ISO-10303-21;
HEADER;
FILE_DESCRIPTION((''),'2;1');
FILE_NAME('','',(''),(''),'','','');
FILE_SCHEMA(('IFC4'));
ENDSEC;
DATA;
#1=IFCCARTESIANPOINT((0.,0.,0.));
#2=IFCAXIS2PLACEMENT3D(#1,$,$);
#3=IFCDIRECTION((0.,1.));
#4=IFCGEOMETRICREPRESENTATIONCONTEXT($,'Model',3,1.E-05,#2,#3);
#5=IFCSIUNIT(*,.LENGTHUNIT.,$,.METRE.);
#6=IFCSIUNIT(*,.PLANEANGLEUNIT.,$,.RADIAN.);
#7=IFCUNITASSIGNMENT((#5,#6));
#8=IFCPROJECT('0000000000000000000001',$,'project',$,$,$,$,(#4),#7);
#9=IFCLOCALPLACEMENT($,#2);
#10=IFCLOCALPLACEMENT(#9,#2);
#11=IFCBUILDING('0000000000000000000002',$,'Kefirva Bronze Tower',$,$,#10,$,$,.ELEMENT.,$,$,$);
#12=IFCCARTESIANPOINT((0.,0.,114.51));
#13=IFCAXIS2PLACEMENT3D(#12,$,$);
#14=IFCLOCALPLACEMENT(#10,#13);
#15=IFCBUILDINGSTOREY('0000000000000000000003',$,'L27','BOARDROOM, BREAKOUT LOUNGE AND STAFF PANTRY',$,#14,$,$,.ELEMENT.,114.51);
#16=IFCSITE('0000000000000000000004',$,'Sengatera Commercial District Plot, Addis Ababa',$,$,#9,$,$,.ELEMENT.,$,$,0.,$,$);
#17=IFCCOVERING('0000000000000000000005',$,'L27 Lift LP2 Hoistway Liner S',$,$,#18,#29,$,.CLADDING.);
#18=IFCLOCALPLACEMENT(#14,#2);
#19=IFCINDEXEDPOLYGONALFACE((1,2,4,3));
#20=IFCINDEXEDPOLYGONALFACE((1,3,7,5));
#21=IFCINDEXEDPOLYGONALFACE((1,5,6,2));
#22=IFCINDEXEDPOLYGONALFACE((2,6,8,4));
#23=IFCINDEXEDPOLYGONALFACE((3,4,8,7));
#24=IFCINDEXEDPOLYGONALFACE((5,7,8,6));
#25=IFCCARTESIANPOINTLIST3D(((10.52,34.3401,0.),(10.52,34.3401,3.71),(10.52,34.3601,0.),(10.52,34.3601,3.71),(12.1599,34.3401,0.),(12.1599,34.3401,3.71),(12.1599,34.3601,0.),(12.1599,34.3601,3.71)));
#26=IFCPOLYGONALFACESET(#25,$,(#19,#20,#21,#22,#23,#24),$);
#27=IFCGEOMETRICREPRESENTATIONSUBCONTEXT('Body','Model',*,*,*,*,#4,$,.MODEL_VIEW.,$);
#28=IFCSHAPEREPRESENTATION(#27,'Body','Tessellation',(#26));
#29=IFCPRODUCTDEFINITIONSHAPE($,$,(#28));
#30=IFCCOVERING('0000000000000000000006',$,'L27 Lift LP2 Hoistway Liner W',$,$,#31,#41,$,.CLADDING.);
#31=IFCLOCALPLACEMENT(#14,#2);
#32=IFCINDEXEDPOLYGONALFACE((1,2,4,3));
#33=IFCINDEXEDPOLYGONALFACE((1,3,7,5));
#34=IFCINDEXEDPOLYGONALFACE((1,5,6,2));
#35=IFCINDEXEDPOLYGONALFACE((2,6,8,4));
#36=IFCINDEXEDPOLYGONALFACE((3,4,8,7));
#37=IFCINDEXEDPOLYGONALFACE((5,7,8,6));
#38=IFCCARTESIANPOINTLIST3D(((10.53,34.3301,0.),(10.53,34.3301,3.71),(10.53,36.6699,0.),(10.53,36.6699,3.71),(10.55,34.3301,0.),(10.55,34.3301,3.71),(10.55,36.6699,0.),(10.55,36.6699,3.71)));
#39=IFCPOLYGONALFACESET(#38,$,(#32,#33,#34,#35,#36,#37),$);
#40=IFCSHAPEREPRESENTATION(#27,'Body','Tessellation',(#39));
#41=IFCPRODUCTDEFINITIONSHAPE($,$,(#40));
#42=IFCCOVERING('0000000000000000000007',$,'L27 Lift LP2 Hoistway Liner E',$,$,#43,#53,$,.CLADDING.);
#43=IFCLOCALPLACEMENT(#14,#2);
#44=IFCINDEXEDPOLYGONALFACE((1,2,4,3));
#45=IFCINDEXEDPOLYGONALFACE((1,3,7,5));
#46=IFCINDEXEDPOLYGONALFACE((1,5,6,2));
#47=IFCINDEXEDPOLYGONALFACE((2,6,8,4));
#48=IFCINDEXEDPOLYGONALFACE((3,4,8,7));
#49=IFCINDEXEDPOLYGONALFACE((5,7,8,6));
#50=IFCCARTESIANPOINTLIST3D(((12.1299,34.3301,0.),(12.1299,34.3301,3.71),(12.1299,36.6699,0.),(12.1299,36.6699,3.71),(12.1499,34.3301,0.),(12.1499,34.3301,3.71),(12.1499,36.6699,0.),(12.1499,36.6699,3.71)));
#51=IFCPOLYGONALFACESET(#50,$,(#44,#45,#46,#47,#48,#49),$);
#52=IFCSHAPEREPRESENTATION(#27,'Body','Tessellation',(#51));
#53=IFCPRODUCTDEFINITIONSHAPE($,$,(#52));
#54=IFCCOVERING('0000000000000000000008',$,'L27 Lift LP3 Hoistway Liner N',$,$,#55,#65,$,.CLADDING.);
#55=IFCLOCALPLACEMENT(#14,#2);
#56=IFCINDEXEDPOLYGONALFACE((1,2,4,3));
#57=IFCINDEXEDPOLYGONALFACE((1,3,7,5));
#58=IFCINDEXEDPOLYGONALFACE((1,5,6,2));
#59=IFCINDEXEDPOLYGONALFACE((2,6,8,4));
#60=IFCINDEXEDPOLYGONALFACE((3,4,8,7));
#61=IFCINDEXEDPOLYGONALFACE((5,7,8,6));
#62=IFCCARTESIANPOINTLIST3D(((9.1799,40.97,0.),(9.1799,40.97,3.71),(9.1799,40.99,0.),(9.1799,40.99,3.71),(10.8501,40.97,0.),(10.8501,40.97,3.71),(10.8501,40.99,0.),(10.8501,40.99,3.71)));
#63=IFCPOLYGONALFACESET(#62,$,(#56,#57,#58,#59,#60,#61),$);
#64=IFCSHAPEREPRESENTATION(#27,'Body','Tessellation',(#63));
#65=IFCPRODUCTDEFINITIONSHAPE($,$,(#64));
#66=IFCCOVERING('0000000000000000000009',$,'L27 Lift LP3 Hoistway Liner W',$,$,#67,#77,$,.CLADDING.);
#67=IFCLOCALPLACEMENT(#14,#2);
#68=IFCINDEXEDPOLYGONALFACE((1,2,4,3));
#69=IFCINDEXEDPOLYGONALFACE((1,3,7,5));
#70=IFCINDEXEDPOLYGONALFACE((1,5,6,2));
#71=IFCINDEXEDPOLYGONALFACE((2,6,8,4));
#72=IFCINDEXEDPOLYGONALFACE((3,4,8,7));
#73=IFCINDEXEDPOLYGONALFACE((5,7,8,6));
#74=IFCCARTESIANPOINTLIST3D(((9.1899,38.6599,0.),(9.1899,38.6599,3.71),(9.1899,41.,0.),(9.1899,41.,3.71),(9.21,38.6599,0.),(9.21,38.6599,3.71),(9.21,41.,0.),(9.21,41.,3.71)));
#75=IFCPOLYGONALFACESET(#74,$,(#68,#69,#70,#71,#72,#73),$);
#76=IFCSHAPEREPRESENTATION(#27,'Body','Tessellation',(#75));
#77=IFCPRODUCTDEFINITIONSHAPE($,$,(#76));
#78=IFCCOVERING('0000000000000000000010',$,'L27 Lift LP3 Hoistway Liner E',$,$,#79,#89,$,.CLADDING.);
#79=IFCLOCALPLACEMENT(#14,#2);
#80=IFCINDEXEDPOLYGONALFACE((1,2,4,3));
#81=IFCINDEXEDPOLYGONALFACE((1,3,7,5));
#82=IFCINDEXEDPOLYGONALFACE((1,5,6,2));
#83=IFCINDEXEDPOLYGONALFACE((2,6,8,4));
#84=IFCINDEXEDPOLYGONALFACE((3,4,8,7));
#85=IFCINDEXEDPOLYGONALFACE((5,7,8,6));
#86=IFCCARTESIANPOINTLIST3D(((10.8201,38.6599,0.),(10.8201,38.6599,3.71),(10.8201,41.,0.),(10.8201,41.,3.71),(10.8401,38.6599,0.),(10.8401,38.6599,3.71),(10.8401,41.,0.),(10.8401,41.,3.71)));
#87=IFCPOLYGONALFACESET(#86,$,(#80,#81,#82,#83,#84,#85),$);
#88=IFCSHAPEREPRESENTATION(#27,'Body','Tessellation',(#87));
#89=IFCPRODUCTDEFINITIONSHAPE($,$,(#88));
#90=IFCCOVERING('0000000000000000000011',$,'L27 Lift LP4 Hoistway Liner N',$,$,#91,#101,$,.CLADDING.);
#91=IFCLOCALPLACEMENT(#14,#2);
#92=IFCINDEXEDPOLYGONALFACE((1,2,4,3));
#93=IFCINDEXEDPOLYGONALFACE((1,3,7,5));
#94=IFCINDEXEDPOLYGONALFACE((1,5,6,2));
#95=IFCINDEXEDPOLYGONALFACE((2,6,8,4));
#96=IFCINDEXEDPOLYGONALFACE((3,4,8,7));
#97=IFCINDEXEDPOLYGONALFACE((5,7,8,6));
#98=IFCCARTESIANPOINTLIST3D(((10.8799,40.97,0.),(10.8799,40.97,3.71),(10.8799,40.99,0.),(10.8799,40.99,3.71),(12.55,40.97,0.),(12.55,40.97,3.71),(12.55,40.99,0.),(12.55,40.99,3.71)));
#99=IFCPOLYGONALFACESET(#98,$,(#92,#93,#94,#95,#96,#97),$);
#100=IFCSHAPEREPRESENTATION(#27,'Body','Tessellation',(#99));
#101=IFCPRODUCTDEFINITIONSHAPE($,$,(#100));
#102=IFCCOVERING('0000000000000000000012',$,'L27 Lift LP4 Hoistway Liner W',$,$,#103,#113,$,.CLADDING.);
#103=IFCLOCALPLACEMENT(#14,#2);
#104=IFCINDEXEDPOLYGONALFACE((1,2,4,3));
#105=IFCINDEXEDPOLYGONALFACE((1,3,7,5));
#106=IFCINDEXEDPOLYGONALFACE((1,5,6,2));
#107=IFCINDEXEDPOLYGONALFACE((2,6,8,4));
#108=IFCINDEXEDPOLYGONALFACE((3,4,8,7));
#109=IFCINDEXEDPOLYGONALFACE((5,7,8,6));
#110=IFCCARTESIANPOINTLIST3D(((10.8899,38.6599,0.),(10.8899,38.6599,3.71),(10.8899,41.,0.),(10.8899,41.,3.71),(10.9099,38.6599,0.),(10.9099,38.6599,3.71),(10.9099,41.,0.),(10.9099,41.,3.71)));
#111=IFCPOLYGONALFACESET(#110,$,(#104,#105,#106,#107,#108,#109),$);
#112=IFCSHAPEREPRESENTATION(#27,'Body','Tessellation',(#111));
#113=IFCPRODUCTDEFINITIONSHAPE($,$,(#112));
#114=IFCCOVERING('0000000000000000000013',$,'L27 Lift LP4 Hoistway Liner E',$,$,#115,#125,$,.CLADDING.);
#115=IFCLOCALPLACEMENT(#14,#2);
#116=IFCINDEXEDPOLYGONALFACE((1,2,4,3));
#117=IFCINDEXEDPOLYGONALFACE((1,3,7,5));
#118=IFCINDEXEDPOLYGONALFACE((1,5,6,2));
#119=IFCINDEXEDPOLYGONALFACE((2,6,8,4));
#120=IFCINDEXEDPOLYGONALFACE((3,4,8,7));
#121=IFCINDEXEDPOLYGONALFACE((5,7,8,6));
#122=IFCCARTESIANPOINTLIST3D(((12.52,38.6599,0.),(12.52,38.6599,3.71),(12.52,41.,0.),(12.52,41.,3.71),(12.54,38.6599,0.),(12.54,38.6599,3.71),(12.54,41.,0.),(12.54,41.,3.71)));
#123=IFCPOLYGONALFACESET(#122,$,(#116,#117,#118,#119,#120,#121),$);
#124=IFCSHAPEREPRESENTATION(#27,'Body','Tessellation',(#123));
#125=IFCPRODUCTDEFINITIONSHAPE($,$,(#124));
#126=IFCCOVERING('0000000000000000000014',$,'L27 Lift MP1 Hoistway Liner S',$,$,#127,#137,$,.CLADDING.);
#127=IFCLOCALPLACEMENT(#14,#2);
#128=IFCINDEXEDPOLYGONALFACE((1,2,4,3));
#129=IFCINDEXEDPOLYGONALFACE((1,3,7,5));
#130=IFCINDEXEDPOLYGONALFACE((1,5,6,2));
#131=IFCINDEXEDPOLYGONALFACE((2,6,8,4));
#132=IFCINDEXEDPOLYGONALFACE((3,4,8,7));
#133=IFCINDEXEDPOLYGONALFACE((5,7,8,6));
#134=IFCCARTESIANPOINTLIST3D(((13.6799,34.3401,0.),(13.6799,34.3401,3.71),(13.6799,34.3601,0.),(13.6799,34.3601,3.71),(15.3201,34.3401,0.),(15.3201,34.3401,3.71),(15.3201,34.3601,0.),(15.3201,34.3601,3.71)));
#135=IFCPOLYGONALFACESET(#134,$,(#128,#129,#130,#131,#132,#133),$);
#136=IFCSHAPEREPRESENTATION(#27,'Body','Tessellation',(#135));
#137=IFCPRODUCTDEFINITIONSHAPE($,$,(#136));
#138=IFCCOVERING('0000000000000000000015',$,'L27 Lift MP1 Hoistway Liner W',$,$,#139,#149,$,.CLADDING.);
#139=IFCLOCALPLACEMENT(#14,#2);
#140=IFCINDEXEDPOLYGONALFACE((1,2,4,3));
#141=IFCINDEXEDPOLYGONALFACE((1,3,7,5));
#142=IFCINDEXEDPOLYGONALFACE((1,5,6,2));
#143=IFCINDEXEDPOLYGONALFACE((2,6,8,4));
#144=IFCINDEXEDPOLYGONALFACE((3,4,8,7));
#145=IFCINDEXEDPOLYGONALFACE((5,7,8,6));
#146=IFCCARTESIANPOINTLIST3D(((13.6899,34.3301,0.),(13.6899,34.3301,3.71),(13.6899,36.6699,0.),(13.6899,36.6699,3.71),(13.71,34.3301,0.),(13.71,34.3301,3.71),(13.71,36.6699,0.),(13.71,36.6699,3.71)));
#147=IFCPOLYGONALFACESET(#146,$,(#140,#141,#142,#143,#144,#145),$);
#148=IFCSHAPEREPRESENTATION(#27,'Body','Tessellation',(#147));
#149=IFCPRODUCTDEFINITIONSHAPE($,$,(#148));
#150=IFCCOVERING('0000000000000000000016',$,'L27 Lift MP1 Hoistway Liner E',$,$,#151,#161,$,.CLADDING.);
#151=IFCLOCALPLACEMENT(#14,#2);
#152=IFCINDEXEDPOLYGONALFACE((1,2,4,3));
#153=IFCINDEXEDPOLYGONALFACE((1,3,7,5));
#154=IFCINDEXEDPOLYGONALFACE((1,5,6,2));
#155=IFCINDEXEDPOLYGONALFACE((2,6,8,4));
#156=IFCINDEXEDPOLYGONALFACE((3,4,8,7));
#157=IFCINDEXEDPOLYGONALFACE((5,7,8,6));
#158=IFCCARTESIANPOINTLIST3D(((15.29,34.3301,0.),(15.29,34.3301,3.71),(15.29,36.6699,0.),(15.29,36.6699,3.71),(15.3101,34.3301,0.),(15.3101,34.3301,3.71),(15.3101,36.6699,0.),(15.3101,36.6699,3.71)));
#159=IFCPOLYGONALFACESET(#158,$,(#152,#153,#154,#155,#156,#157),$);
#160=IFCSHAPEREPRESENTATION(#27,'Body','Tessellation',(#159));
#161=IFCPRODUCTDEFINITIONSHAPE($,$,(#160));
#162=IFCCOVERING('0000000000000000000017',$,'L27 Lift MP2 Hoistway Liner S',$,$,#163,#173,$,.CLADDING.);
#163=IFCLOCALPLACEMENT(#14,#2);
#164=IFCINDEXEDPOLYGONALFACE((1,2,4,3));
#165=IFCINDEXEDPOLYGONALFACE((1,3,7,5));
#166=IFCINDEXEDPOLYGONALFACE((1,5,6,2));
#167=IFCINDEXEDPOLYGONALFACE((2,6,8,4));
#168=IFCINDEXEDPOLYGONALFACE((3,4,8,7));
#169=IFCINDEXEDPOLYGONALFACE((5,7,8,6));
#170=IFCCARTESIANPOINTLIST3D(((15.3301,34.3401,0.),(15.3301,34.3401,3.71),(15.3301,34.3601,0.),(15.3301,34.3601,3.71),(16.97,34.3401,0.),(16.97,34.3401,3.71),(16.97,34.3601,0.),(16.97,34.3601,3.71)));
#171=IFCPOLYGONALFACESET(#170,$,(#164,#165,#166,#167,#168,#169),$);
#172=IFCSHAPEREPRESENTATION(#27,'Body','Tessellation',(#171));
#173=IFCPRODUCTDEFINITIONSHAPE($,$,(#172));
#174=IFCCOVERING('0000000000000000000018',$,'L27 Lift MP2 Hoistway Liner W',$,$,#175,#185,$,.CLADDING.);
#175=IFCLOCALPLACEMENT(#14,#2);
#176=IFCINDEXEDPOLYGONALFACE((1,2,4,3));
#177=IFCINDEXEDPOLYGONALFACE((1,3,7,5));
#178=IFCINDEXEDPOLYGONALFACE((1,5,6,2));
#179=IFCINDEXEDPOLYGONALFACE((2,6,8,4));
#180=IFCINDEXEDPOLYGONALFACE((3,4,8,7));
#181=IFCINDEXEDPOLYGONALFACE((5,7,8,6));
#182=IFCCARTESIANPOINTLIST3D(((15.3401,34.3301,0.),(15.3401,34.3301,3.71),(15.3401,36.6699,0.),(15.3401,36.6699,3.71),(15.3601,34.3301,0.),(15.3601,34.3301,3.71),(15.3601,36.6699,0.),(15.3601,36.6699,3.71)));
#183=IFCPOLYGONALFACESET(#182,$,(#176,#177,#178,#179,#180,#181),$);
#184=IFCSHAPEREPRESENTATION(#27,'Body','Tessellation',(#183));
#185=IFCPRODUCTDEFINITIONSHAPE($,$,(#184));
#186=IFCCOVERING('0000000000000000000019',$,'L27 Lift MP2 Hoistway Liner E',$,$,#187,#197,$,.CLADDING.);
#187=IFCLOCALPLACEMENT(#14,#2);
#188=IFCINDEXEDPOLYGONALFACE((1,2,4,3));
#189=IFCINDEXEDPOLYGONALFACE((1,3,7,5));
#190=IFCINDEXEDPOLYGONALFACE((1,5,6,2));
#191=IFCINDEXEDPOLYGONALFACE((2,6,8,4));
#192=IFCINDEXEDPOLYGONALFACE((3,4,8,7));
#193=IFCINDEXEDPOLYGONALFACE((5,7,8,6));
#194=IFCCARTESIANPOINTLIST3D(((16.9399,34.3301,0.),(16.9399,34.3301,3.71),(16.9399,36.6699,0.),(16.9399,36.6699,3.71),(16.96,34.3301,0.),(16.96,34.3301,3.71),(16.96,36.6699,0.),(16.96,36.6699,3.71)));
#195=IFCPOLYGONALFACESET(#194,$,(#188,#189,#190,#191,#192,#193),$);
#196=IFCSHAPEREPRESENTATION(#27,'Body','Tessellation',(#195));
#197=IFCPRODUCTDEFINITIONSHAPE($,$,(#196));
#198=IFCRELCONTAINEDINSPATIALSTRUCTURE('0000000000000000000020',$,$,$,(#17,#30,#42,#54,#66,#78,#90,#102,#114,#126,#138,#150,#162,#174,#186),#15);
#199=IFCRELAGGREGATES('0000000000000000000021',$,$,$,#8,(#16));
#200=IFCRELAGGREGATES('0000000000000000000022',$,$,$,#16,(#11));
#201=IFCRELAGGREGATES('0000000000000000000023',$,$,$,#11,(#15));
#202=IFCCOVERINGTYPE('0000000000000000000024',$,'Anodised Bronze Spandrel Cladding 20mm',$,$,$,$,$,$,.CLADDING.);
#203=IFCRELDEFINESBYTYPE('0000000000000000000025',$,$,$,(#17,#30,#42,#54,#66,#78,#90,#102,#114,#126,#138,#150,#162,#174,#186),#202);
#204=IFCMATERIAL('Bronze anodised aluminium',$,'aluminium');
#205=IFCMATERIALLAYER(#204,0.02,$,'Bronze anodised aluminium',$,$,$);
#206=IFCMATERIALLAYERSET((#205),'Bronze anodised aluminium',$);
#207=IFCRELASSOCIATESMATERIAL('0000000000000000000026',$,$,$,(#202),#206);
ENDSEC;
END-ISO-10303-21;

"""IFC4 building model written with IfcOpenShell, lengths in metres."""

from ifc_helpers import new_model, si_unit, direction, frame, origin, place, context, subcontext, project, spatial, polyline, outline, extrude, material, layer, layer_set, type_object, element, save


model = new_model("IFC4")

# Units and contexts
model_context = context("Model", 3, precision=1e-05, world=origin(), true_north=direction((0.0, 1.0)))
body_context = subcontext(model_context, "Body", "Model", "MODEL_VIEW")
ifc_project = project(units=[si_unit("LENGTHUNIT", "METRE"), si_unit("PLANEANGLEUNIT", "RADIAN")], contexts=[model_context])

# Site, building, storey
site_placement = place(None, origin())
site = spatial("IfcSite", under=ifc_project, at=site_placement, Name="Sengatera Commercial District Plot, Addis Ababa", CompositionType="ELEMENT", RefElevation=0.0)
building_placement = place(site_placement, origin())
building = spatial("IfcBuilding", under=site, at=building_placement, Name="Kefirva Bronze Tower", CompositionType="ELEMENT")
storey_placement = place(building_placement, frame((0.0, 0.0, 114.51)))
storey = spatial("IfcBuildingStorey", under=building, at=storey_placement, Name="L27", Description="BOARDROOM, BREAKOUT LOUNGE AND STAFF PANTRY", CompositionType="ELEMENT", Elevation=114.51)

# Coverings
ifc_material = material(Name="Bronze anodised aluminium", Category="aluminium")
ifc_layer_1 = layer(ifc_material, 0.02, Name="Bronze anodised aluminium")
ifc_layer_set_1 = layer_set([ifc_layer_1], Name="Bronze anodised aluminium")
covering_type_1 = type_object("IfcCoveringType", Name="Anodised Bronze Spandrel Cladding 20mm", PredefinedType="CLADDING", material=ifc_layer_set_1)
covering_1_placement = place(storey_placement, origin())
element("IfcCovering", 1, at=covering_1_placement, inside=storey, type_object=covering_type_1, Name="L27 Lift LP2 Hoistway Liner S", PredefinedType="CLADDING", context=body_context, shape_type="SweptSolid", body=[
    extrude(outline(polyline([(10.52, 34.3401), (12.1599, 34.3401), (12.1599, 34.3601), (10.52, 34.3601), (10.52, 34.3401)])), origin(), (0.0, 0.0, 1.0), 3.71),
])
covering_2_placement = place(storey_placement, origin())
element("IfcCovering", 2, at=covering_2_placement, inside=storey, type_object=covering_type_1, Name="L27 Lift LP2 Hoistway Liner W", PredefinedType="CLADDING", context=body_context, shape_type="SweptSolid", body=[
    extrude(outline(polyline([(10.53, 34.3301), (10.55, 34.3301), (10.55, 36.6699), (10.53, 36.6699), (10.53, 34.3301)])), origin(), (0.0, 0.0, 1.0), 3.71),
])
covering_3_placement = place(storey_placement, origin())
element("IfcCovering", 3, at=covering_3_placement, inside=storey, type_object=covering_type_1, Name="L27 Lift LP2 Hoistway Liner E", PredefinedType="CLADDING", context=body_context, shape_type="SweptSolid", body=[
    extrude(outline(polyline([(12.1299, 34.3301), (12.1499, 34.3301), (12.1499, 36.6699), (12.1299, 36.6699), (12.1299, 34.3301)])), origin(), (0.0, 0.0, 1.0), 3.71),
])
covering_4_placement = place(storey_placement, origin())
element("IfcCovering", 4, at=covering_4_placement, inside=storey, type_object=covering_type_1, Name="L27 Lift LP3 Hoistway Liner N", PredefinedType="CLADDING", context=body_context, shape_type="SweptSolid", body=[
    extrude(outline(polyline([(9.1799, 40.97), (10.8501, 40.97), (10.8501, 40.99), (9.1799, 40.99), (9.1799, 40.97)])), origin(), (0.0, 0.0, 1.0), 3.71),
])
covering_5_placement = place(storey_placement, origin())
element("IfcCovering", 5, at=covering_5_placement, inside=storey, type_object=covering_type_1, Name="L27 Lift LP3 Hoistway Liner W", PredefinedType="CLADDING", context=body_context, shape_type="SweptSolid", body=[
    extrude(outline(polyline([(9.1899, 38.6599), (9.21, 38.6599), (9.21, 41.0), (9.1899, 41.0), (9.1899, 38.6599)])), origin(), (0.0, 0.0, 1.0), 3.71),
])
covering_6_placement = place(storey_placement, origin())
element("IfcCovering", 6, at=covering_6_placement, inside=storey, type_object=covering_type_1, Name="L27 Lift LP3 Hoistway Liner E", PredefinedType="CLADDING", context=body_context, shape_type="SweptSolid", body=[
    extrude(outline(polyline([(10.8201, 38.6599), (10.8401, 38.6599), (10.8401, 41.0), (10.8201, 41.0), (10.8201, 38.6599)])), origin(), (0.0, 0.0, 1.0), 3.71),
])
covering_7_placement = place(storey_placement, origin())
element("IfcCovering", 7, at=covering_7_placement, inside=storey, type_object=covering_type_1, Name="L27 Lift LP4 Hoistway Liner N", PredefinedType="CLADDING", context=body_context, shape_type="SweptSolid", body=[
    extrude(outline(polyline([(10.8799, 40.97), (12.55, 40.97), (12.55, 40.99), (10.8799, 40.99), (10.8799, 40.97)])), origin(), (0.0, 0.0, 1.0), 3.71),
])
covering_8_placement = place(storey_placement, origin())
element("IfcCovering", 8, at=covering_8_placement, inside=storey, type_object=covering_type_1, Name="L27 Lift LP4 Hoistway Liner W", PredefinedType="CLADDING", context=body_context, shape_type="SweptSolid", body=[
    extrude(outline(polyline([(10.8899, 38.6599), (10.9099, 38.6599), (10.9099, 41.0), (10.8899, 41.0), (10.8899, 38.6599)])), origin(), (0.0, 0.0, 1.0), 3.71),
])
covering_9_placement = place(storey_placement, origin())
element("IfcCovering", 9, at=covering_9_placement, inside=storey, type_object=covering_type_1, Name="L27 Lift LP4 Hoistway Liner E", PredefinedType="CLADDING", context=body_context, shape_type="SweptSolid", body=[
    extrude(outline(polyline([(12.52, 38.6599), (12.54, 38.6599), (12.54, 41.0), (12.52, 41.0), (12.52, 38.6599)])), origin(), (0.0, 0.0, 1.0), 3.71),
])
covering_10_placement = place(storey_placement, origin())
element("IfcCovering", 10, at=covering_10_placement, inside=storey, type_object=covering_type_1, Name="L27 Lift MP1 Hoistway Liner S", PredefinedType="CLADDING", context=body_context, shape_type="SweptSolid", body=[
    extrude(outline(polyline([(13.6799, 34.3401), (15.3201, 34.3401), (15.3201, 34.3601), (13.6799, 34.3601), (13.6799, 34.3401)])), origin(), (0.0, 0.0, 1.0), 3.71),
])
covering_11_placement = place(storey_placement, origin())
element("IfcCovering", 11, at=covering_11_placement, inside=storey, type_object=covering_type_1, Name="L27 Lift MP1 Hoistway Liner W", PredefinedType="CLADDING", context=body_context, shape_type="SweptSolid", body=[
    extrude(outline(polyline([(13.6899, 34.3301), (13.71, 34.3301), (13.71, 36.6699), (13.6899, 36.6699), (13.6899, 34.3301)])), origin(), (0.0, 0.0, 1.0), 3.71),
])
covering_12_placement = place(storey_placement, origin())
element("IfcCovering", 12, at=covering_12_placement, inside=storey, type_object=covering_type_1, Name="L27 Lift MP1 Hoistway Liner E", PredefinedType="CLADDING", context=body_context, shape_type="SweptSolid", body=[
    extrude(outline(polyline([(15.29, 34.3301), (15.3101, 34.3301), (15.3101, 36.6699), (15.29, 36.6699), (15.29, 34.3301)])), origin(), (0.0, 0.0, 1.0), 3.71),
])
covering_13_placement = place(storey_placement, origin())
element("IfcCovering", 13, at=covering_13_placement, inside=storey, type_object=covering_type_1, Name="L27 Lift MP2 Hoistway Liner S", PredefinedType="CLADDING", context=body_context, shape_type="SweptSolid", body=[
    extrude(outline(polyline([(15.3301, 34.3401), (16.97, 34.3401), (16.97, 34.3601), (15.3301, 34.3601), (15.3301, 34.3401)])), origin(), (0.0, 0.0, 1.0), 3.71),
])
covering_14_placement = place(storey_placement, origin())
element("IfcCovering", 14, at=covering_14_placement, inside=storey, type_object=covering_type_1, Name="L27 Lift MP2 Hoistway Liner W", PredefinedType="CLADDING", context=body_context, shape_type="SweptSolid", body=[
    extrude(outline(polyline([(15.3401, 34.3301), (15.3601, 34.3301), (15.3601, 36.6699), (15.3401, 36.6699), (15.3401, 34.3301)])), origin(), (0.0, 0.0, 1.0), 3.71),
])
covering_15_placement = place(storey_placement, origin())
element("IfcCovering", 15, at=covering_15_placement, inside=storey, type_object=covering_type_1, Name="L27 Lift MP2 Hoistway Liner E", PredefinedType="CLADDING", context=body_context, shape_type="SweptSolid", body=[
    extrude(outline(polyline([(16.9399, 34.3301), (16.96, 34.3301), (16.96, 36.6699), (16.9399, 36.6699), (16.9399, 34.3301)])), origin(), (0.0, 0.0, 1.0), 3.71),
])

save(model, "model.ifc")
